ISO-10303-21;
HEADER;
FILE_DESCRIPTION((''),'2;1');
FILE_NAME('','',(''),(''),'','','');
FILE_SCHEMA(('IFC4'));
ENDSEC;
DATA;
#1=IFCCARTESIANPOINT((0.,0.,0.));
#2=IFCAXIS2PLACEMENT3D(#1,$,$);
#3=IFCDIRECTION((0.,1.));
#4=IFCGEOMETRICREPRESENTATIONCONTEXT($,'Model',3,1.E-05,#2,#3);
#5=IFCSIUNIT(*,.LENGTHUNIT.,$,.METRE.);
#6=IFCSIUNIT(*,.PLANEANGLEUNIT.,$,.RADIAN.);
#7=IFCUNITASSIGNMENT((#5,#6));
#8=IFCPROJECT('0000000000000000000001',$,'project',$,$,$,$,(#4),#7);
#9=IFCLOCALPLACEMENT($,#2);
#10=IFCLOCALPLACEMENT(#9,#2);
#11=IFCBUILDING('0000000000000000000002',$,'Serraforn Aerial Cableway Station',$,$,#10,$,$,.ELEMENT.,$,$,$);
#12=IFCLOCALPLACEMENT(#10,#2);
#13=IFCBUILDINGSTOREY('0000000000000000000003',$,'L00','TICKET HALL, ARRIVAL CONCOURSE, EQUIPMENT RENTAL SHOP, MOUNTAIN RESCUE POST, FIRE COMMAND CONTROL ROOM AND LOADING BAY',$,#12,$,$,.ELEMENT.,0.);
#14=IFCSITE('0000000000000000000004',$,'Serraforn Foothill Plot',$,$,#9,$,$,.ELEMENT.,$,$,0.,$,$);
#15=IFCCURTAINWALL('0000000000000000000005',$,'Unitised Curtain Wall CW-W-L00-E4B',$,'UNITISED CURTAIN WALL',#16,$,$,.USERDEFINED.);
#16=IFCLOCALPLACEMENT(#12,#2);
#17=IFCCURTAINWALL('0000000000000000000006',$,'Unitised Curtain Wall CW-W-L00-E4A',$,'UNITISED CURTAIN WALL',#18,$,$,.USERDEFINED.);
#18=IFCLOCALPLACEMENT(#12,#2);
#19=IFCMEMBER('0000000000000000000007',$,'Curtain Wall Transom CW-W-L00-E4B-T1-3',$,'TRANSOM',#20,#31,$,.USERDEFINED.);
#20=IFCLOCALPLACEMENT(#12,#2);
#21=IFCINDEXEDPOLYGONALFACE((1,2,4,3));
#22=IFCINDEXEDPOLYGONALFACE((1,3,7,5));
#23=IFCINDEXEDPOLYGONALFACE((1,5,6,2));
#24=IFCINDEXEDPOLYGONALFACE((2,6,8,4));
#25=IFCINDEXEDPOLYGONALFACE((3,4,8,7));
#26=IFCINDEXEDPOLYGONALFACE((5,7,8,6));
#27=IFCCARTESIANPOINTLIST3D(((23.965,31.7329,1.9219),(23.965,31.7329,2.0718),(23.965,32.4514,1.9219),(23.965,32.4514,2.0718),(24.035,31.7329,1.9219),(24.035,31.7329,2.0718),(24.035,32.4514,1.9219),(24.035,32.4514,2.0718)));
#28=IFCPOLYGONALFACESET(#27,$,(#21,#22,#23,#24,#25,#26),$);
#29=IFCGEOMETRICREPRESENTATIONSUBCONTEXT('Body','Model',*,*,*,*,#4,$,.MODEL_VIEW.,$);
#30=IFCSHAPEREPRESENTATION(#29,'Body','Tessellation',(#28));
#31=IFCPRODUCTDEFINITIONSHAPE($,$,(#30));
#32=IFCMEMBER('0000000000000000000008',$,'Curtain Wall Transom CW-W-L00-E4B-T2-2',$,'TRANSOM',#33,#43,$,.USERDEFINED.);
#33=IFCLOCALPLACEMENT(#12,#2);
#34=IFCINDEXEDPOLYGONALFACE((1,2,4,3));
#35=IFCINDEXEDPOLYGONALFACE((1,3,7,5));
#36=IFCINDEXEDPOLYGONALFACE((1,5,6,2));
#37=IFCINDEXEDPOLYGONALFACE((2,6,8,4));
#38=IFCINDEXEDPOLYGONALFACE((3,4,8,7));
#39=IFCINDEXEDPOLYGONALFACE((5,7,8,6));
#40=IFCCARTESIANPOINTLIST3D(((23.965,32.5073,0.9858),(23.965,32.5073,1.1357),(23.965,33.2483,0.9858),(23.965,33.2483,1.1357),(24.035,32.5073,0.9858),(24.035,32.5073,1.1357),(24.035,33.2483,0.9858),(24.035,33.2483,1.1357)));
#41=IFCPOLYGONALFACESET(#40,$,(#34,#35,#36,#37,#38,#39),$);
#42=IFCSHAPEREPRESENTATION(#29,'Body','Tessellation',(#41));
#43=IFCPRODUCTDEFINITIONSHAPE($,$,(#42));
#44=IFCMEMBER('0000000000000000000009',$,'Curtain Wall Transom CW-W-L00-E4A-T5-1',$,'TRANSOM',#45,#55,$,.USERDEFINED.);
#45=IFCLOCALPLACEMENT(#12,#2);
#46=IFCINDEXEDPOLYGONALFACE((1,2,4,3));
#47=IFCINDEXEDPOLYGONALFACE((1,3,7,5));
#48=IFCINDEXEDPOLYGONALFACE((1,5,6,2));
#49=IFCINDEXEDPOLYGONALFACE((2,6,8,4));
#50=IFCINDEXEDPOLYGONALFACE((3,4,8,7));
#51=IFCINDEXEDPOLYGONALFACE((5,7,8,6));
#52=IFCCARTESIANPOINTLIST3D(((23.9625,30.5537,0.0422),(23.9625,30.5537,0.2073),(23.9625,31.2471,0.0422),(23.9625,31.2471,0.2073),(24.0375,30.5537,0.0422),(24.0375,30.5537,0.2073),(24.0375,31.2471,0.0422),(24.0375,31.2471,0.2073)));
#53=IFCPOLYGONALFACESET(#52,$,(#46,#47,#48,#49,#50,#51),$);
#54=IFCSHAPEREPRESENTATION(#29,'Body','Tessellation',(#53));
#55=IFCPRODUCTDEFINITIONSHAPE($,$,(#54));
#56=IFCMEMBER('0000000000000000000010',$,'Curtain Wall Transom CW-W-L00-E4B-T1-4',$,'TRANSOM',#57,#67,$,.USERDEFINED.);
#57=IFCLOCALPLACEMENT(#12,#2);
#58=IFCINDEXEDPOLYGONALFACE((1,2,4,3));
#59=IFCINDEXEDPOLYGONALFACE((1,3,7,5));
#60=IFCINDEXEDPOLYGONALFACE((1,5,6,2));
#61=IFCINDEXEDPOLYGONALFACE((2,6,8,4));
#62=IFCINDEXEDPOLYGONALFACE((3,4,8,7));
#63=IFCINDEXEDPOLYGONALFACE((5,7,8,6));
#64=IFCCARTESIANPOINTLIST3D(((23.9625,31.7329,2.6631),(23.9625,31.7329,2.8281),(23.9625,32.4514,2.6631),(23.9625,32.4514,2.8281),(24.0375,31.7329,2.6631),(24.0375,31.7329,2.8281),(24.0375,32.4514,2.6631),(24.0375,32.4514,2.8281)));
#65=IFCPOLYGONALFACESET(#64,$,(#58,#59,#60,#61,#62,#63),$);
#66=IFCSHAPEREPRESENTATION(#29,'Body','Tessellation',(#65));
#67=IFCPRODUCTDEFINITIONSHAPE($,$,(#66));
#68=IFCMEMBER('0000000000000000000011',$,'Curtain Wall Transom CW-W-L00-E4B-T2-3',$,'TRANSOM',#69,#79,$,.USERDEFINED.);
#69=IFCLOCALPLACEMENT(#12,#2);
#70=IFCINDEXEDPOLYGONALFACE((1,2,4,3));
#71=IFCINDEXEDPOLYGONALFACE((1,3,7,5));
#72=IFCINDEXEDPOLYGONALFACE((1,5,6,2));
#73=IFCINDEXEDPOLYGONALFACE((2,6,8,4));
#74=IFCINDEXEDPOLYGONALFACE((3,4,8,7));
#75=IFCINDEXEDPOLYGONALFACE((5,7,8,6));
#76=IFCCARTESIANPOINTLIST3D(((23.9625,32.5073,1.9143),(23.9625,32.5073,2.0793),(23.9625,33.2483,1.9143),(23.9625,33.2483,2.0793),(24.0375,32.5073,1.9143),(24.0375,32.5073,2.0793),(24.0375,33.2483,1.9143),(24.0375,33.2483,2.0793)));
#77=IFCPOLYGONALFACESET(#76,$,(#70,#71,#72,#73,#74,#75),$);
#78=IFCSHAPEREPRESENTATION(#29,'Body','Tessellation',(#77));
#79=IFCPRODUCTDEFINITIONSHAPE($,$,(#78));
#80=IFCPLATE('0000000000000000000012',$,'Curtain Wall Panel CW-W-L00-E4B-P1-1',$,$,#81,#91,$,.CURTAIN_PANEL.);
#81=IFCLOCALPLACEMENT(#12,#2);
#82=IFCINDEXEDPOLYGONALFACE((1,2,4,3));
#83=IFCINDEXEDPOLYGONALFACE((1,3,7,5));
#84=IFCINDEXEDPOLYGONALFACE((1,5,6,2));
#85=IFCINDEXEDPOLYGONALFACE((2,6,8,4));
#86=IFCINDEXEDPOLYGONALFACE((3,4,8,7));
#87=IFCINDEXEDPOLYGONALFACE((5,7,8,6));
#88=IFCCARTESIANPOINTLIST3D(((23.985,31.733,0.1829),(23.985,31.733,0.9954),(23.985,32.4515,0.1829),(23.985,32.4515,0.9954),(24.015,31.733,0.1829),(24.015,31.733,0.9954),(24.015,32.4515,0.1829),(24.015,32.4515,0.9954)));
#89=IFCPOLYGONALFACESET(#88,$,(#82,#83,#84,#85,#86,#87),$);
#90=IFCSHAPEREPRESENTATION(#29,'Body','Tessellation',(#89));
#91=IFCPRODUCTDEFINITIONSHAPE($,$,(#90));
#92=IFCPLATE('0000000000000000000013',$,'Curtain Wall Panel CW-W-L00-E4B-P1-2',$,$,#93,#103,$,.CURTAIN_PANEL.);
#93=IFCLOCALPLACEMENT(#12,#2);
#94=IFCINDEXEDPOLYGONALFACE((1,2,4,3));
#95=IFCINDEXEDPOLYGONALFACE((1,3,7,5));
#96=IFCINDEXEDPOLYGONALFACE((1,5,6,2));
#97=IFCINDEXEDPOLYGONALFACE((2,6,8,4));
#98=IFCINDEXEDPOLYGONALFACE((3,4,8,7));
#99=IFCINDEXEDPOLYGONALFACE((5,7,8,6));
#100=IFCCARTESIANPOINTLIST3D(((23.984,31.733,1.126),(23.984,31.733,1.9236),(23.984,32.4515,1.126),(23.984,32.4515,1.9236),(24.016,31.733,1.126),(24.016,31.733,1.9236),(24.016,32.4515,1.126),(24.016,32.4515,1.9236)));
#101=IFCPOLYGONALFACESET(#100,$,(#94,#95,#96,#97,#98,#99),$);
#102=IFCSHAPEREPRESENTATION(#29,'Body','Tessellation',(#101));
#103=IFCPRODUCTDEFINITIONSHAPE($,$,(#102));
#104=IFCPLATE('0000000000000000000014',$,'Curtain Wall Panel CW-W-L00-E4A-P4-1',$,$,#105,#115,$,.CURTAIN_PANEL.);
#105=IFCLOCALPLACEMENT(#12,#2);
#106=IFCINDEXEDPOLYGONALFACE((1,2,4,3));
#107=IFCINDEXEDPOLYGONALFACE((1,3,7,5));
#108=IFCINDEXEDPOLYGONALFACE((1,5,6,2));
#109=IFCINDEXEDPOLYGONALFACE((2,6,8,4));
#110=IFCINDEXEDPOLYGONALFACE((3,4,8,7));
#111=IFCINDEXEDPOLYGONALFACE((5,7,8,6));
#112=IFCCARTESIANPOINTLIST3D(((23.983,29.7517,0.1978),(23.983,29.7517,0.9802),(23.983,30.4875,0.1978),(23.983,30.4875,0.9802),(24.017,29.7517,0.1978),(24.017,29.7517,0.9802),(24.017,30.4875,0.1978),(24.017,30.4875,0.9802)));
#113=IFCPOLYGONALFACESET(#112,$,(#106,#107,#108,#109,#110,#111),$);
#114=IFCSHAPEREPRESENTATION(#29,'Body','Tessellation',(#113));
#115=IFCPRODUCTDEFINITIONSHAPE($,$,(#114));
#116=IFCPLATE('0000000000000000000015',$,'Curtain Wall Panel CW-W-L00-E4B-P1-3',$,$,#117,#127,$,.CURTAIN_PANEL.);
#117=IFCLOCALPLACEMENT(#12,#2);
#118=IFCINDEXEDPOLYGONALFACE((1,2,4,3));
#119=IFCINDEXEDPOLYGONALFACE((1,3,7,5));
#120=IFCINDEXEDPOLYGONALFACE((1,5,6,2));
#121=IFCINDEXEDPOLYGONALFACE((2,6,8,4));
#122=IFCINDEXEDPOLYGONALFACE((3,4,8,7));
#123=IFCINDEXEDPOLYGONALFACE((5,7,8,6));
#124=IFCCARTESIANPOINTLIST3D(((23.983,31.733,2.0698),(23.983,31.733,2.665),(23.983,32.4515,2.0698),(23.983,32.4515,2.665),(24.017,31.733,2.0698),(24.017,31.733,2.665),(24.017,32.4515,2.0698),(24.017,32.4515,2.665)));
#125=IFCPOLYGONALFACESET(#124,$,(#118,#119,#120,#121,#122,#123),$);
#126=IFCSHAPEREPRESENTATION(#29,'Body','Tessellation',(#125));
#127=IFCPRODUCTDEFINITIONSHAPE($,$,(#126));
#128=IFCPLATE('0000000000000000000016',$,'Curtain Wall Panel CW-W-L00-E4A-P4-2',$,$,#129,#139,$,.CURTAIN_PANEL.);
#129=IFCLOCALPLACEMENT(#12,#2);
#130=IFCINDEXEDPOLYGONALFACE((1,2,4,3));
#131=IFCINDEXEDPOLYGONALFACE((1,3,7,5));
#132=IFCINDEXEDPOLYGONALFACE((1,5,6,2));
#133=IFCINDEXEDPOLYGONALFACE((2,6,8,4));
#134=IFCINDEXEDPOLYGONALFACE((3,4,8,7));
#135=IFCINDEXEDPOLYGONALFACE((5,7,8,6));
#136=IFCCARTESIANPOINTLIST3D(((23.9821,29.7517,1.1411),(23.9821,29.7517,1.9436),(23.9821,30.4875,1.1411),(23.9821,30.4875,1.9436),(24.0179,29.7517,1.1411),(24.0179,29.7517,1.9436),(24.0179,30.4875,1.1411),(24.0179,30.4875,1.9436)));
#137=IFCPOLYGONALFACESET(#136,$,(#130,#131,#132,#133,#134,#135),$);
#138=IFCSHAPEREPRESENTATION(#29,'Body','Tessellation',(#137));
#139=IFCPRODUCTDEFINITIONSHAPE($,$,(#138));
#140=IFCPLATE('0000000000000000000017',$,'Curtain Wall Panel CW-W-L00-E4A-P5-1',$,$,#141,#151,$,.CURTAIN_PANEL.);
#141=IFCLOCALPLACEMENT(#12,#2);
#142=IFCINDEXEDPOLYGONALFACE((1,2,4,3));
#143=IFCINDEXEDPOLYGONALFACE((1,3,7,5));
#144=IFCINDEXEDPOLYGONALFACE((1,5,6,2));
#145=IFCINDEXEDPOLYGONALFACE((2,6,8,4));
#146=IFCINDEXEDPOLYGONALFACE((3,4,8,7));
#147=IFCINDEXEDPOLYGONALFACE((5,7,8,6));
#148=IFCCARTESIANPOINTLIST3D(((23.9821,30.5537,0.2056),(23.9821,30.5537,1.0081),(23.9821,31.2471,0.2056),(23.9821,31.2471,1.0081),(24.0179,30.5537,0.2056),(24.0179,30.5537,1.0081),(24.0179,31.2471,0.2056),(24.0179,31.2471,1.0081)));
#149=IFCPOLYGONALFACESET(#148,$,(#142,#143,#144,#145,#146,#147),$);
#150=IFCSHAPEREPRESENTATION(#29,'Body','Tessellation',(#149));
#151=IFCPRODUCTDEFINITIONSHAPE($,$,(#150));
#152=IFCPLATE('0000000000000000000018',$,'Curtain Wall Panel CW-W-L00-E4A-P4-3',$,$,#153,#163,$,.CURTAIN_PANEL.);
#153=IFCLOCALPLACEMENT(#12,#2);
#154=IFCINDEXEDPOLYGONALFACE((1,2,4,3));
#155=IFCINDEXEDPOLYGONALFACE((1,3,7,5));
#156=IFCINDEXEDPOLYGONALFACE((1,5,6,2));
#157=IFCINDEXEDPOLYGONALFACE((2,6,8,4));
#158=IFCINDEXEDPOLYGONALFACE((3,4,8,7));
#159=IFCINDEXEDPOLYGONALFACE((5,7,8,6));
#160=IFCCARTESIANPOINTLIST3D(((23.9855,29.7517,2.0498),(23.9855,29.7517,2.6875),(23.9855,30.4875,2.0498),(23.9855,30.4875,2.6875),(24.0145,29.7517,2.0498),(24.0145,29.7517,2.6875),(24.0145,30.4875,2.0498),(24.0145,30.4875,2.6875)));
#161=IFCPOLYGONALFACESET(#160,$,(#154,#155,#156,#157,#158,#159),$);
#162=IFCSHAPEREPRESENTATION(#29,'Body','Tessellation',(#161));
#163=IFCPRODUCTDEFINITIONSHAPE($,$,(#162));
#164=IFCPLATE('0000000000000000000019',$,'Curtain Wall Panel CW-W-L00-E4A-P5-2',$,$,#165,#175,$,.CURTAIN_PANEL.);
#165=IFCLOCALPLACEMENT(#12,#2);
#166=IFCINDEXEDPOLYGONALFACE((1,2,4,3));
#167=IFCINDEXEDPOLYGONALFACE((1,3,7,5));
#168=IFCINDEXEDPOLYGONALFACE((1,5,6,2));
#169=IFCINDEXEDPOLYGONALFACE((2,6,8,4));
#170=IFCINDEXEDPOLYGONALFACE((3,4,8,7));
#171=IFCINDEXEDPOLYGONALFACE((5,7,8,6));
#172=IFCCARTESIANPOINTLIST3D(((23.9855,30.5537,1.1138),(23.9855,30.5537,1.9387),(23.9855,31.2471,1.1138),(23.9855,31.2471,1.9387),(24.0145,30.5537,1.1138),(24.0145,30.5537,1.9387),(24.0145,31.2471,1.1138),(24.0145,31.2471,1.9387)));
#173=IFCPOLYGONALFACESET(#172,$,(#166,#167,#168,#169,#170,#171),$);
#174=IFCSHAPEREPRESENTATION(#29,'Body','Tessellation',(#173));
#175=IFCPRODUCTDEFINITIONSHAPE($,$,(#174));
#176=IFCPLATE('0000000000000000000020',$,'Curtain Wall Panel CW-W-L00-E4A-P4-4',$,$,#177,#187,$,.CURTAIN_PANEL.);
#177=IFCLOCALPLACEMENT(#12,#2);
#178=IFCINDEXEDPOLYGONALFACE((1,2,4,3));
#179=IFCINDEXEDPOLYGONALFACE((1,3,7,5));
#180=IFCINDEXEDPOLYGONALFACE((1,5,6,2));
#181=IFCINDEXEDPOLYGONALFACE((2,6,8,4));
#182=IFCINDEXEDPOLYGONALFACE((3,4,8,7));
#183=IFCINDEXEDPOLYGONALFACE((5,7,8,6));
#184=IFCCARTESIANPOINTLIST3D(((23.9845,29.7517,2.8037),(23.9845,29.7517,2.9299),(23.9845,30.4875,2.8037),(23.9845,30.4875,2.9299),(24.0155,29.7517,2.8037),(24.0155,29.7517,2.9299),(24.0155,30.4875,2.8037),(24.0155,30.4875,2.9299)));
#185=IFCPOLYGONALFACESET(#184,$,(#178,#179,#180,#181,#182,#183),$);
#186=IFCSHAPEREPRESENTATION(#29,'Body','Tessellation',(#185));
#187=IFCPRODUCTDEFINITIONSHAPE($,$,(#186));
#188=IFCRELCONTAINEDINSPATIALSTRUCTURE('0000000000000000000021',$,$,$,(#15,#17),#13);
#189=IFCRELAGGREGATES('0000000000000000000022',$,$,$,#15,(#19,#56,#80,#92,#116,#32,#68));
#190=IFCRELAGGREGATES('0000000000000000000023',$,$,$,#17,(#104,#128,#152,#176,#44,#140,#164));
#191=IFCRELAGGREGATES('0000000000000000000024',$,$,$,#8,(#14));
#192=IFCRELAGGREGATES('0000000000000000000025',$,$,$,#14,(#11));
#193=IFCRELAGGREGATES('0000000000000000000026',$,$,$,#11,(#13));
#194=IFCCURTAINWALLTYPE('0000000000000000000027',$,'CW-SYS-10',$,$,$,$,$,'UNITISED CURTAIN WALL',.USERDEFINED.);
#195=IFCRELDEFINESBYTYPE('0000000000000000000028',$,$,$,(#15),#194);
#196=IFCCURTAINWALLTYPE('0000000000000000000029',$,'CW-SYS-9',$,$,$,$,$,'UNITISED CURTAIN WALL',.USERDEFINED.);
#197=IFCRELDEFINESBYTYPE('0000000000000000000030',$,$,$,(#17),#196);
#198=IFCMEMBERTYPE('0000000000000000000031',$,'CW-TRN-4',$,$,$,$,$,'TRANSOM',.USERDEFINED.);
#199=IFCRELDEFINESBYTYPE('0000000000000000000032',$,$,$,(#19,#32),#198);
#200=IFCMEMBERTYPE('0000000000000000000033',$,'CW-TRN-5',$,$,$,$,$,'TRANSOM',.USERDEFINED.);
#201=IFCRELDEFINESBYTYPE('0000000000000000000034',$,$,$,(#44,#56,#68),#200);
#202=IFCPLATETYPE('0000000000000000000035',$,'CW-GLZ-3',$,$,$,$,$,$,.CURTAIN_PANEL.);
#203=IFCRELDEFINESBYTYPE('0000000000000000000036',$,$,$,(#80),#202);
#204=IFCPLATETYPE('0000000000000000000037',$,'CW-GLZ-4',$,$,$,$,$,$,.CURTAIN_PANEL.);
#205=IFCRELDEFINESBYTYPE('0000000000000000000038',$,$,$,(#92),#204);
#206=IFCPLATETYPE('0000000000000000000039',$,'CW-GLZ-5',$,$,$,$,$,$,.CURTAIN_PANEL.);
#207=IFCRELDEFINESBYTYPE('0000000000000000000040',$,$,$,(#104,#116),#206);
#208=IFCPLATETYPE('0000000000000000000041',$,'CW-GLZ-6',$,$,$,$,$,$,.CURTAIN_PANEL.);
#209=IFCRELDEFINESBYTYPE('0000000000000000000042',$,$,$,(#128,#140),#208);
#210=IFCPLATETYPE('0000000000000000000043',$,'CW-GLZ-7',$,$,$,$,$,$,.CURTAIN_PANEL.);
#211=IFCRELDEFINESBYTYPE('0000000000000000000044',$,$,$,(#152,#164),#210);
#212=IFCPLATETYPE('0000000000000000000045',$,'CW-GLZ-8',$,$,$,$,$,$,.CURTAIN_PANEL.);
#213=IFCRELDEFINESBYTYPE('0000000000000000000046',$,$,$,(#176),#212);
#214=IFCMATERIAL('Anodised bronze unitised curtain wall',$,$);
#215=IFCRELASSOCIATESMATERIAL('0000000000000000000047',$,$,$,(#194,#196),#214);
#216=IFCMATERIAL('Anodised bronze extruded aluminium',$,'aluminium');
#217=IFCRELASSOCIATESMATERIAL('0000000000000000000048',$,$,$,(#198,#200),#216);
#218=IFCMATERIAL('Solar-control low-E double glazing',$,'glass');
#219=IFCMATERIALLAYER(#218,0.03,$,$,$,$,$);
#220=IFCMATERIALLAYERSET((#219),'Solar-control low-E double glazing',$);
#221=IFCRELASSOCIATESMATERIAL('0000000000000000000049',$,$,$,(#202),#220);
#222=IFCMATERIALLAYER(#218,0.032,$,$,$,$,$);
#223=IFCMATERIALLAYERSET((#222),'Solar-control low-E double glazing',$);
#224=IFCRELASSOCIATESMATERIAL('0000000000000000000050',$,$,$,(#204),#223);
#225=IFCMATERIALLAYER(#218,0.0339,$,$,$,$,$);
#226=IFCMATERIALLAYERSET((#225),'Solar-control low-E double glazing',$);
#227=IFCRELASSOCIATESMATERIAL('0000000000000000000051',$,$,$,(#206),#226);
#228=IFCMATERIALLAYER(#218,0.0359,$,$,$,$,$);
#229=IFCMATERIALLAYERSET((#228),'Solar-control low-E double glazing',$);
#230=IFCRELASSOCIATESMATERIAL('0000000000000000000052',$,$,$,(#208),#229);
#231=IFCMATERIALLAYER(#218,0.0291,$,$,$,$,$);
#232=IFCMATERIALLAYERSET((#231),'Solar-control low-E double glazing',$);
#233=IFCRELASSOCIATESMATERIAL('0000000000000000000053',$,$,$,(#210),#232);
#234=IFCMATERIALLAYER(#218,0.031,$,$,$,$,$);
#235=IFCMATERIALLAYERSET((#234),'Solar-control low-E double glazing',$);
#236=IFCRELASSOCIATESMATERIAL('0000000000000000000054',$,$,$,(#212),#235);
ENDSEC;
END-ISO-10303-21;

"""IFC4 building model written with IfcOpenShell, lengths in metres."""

from ifc_helpers import new_model, si_unit, direction, frame, origin, origin_2d, place, context, subcontext, project, spatial, rectangle, extrude, material, layer, layer_set, material_profile, profile_set, type_object, element, aggregate, save


model = new_model("IFC4")

# Units and contexts
model_context = context("Model", 3, precision=1e-05, world=origin(), true_north=direction((0.0, 1.0)))
body_context = subcontext(model_context, "Body", "Model", "MODEL_VIEW")
ifc_project = project(units=[si_unit("LENGTHUNIT", "METRE"), si_unit("PLANEANGLEUNIT", "RADIAN")], contexts=[model_context])

# Site, building, storey
site_placement = place(None, origin())
site = spatial("IfcSite", under=ifc_project, at=site_placement, Name="Serraforn Foothill Plot", CompositionType="ELEMENT", RefElevation=0.0)
building_placement = place(site_placement, origin())
building = spatial("IfcBuilding", under=site, at=building_placement, Name="Serraforn Aerial Cableway Station", CompositionType="ELEMENT")
storey_placement = place(building_placement, origin())
storey = spatial("IfcBuildingStorey", under=building, at=storey_placement, Name="L00", Description="TICKET HALL, ARRIVAL CONCOURSE, EQUIPMENT RENTAL SHOP, MOUNTAIN RESCUE POST, FIRE COMMAND CONTROL ROOM AND LOADING BAY", CompositionType="ELEMENT", Elevation=0.0)

# Curtain walls
ifc_material_1 = material(Name="Anodised bronze unitised curtain wall")
curtain_wall_type_1 = type_object("IfcCurtainWallType", Name="CW-SYS-10", ElementType="UNITISED CURTAIN WALL", PredefinedType="USERDEFINED", material=ifc_material_1)
curtain_wall_1_placement = place(storey_placement, origin())
curtain_wall_1 = element("IfcCurtainWall", 1, at=curtain_wall_1_placement, inside=storey, type_object=curtain_wall_type_1, Name="Unitised Curtain Wall CW-W-L00-E4B", ObjectType="UNITISED CURTAIN WALL", PredefinedType="USERDEFINED")
ifc_material_2 = material(Name="Anodised bronze extruded aluminium", Category="aluminium")
curtain_wall_type_2 = type_object("IfcCurtainWallType", Name="CW-SYS-9", ElementType="UNITISED CURTAIN WALL", PredefinedType="USERDEFINED", material=ifc_material_1)
curtain_wall_2_placement = place(storey_placement, origin())
curtain_wall_2 = element("IfcCurtainWall", 2, at=curtain_wall_2_placement, inside=storey, type_object=curtain_wall_type_2, Name="Unitised Curtain Wall CW-W-L00-E4A", ObjectType="UNITISED CURTAIN WALL", PredefinedType="USERDEFINED")

# Members
ifc_material_profile_1 = material_profile(ifc_material_2, rectangle(XDim=0.0701, YDim=0.1499, at=origin_2d()), Name="CW TRANSOM 70x150")
ifc_profile_set_1 = profile_set([ifc_material_profile_1], Name="Anodised bronze extruded aluminium")
member_type_1 = type_object("IfcMemberType", Name="CW-TRN-4", ElementType="TRANSOM", PredefinedType="USERDEFINED", material=ifc_profile_set_1)
member_1_placement = place(storey_placement, frame((24.0, 31.7329, 1.9968), z_axis=(0.0, 1.0, 0.0), x_axis=(-1.0, 0.0, 0.0)))
member_1 = element("IfcMember", 3, at=member_1_placement, type_object=member_type_1, Name="Curtain Wall Transom CW-W-L00-E4B-T1-3", ObjectType="TRANSOM", PredefinedType="USERDEFINED", context=body_context, shape_type="SweptSolid", body=[
    extrude(rectangle(XDim=0.0701, YDim=0.1499, at=origin_2d()), origin(), (0.0, 0.0, 1.0), 0.7185),
])
member_2_placement = place(storey_placement, frame((24.0, 32.5073, 1.0608), z_axis=(0.0, 1.0, 0.0), x_axis=(-1.0, 0.0, 0.0)))
member_2 = element("IfcMember", 4, at=member_2_placement, type_object=member_type_1, Name="Curtain Wall Transom CW-W-L00-E4B-T2-2", ObjectType="TRANSOM", PredefinedType="USERDEFINED", context=body_context, shape_type="SweptSolid", body=[
    extrude(rectangle(XDim=0.0701, YDim=0.1499, at=origin_2d()), origin(), (0.0, 0.0, 1.0), 0.741),
])
ifc_material_profile_2 = material_profile(ifc_material_2, rectangle(XDim=0.075, YDim=0.165, at=origin_2d()), Name="CW TRANSOM 75x165")
ifc_profile_set_2 = profile_set([ifc_material_profile_2], Name="Anodised bronze extruded aluminium")
member_type_2 = type_object("IfcMemberType", Name="CW-TRN-5", ElementType="TRANSOM", PredefinedType="USERDEFINED", material=ifc_profile_set_2)
member_3_placement = place(storey_placement, frame((24.0, 30.5537, 0.1248), z_axis=(0.0, 1.0, 0.0), x_axis=(-1.0, 0.0, 0.0)))
member_3 = element("IfcMember", 5, at=member_3_placement, type_object=member_type_2, Name="Curtain Wall Transom CW-W-L00-E4A-T5-1", ObjectType="TRANSOM", PredefinedType="USERDEFINED", context=body_context, shape_type="SweptSolid", body=[
    extrude(rectangle(XDim=0.075, YDim=0.165, at=origin_2d()), origin(), (0.0, 0.0, 1.0), 0.6934),
])
member_4_placement = place(storey_placement, frame((24.0, 31.7329, 2.7456), z_axis=(0.0, 1.0, 0.0), x_axis=(-1.0, 0.0, 0.0)))
member_4 = element("IfcMember", 6, at=member_4_placement, type_object=member_type_2, Name="Curtain Wall Transom CW-W-L00-E4B-T1-4", ObjectType="TRANSOM", PredefinedType="USERDEFINED", context=body_context, shape_type="SweptSolid", body=[
    extrude(rectangle(XDim=0.075, YDim=0.165, at=origin_2d()), origin(), (0.0, 0.0, 1.0), 0.7185),
])
member_5_placement = place(storey_placement, frame((24.0, 32.5073, 1.9968), z_axis=(0.0, 1.0, 0.0), x_axis=(-1.0, 0.0, 0.0)))
member_5 = element("IfcMember", 7, at=member_5_placement, type_object=member_type_2, Name="Curtain Wall Transom CW-W-L00-E4B-T2-3", ObjectType="TRANSOM", PredefinedType="USERDEFINED", context=body_context, shape_type="SweptSolid", body=[
    extrude(rectangle(XDim=0.075, YDim=0.165, at=origin_2d()), origin(), (0.0, 0.0, 1.0), 0.741),
])

# Plates
ifc_material_3 = material(Name="Solar-control low-E double glazing", Category="glass")
ifc_layer_1 = layer(ifc_material_3, 0.03)
ifc_layer_set_1 = layer_set([ifc_layer_1], Name="Solar-control low-E double glazing")
plate_type_1 = type_object("IfcPlateType", Name="CW-GLZ-3", PredefinedType="CURTAIN_PANEL", material=ifc_layer_set_1)
plate_1_placement = place(storey_placement, frame((24.0, 32.0923, 0.1829), z_axis=(0.0, 0.0, 1.0), x_axis=(1.0, 0.0, 0.0)))
plate_1 = element("IfcPlate", 8, at=plate_1_placement, type_object=plate_type_1, Name="Curtain Wall Panel CW-W-L00-E4B-P1-1", PredefinedType="CURTAIN_PANEL", context=body_context, shape_type="SweptSolid", body=[
    extrude(rectangle(XDim=0.03, YDim=0.7185, at=origin_2d()), origin(), (0.0, 0.0, 1.0), 0.8125),
])
ifc_layer_2 = layer(ifc_material_3, 0.032)
ifc_layer_set_2 = layer_set([ifc_layer_2], Name="Solar-control low-E double glazing")
plate_type_2 = type_object("IfcPlateType", Name="CW-GLZ-4", PredefinedType="CURTAIN_PANEL", material=ifc_layer_set_2)
plate_2_placement = place(storey_placement, frame((24.0, 32.0923, 1.126), z_axis=(0.0, 0.0, 1.0), x_axis=(1.0, 0.0, 0.0)))
plate_2 = element("IfcPlate", 9, at=plate_2_placement, type_object=plate_type_2, Name="Curtain Wall Panel CW-W-L00-E4B-P1-2", PredefinedType="CURTAIN_PANEL", context=body_context, shape_type="SweptSolid", body=[
    extrude(rectangle(XDim=0.032, YDim=0.7185, at=origin_2d()), origin(), (0.0, 0.0, 1.0), 0.7976),
])
ifc_layer_3 = layer(ifc_material_3, 0.0339)
ifc_layer_set_3 = layer_set([ifc_layer_3], Name="Solar-control low-E double glazing")
plate_type_3 = type_object("IfcPlateType", Name="CW-GLZ-5", PredefinedType="CURTAIN_PANEL", material=ifc_layer_set_3)
plate_3_placement = place(storey_placement, frame((24.0, 30.1196, 0.1978), z_axis=(0.0, 0.0, 1.0), x_axis=(1.0, 0.0, 0.0)))
plate_3 = element("IfcPlate", 10, at=plate_3_placement, type_object=plate_type_3, Name="Curtain Wall Panel CW-W-L00-E4A-P4-1", PredefinedType="CURTAIN_PANEL", context=body_context, shape_type="SweptSolid", body=[
    extrude(rectangle(XDim=0.0339, YDim=0.7358, at=origin_2d()), origin(), (0.0, 0.0, 1.0), 0.7825),
])
plate_4_placement = place(storey_placement, frame((24.0, 32.0923, 2.0698), z_axis=(0.0, 0.0, 1.0), x_axis=(1.0, 0.0, 0.0)))
plate_4 = element("IfcPlate", 11, at=plate_4_placement, type_object=plate_type_3, Name="Curtain Wall Panel CW-W-L00-E4B-P1-3", PredefinedType="CURTAIN_PANEL", context=body_context, shape_type="SweptSolid", body=[
    extrude(rectangle(XDim=0.0339, YDim=0.7185, at=origin_2d()), origin(), (0.0, 0.0, 1.0), 0.5952),
])
aggregate(curtain_wall_1, [member_1, member_4, plate_1, plate_2, plate_4, member_2, member_5])
ifc_layer_4 = layer(ifc_material_3, 0.0359)
ifc_layer_set_4 = layer_set([ifc_layer_4], Name="Solar-control low-E double glazing")
plate_type_4 = type_object("IfcPlateType", Name="CW-GLZ-6", PredefinedType="CURTAIN_PANEL", material=ifc_layer_set_4)
plate_5_placement = place(storey_placement, frame((24.0, 30.1196, 1.1411), z_axis=(0.0, 0.0, 1.0), x_axis=(1.0, 0.0, 0.0)))
plate_5 = element("IfcPlate", 12, at=plate_5_placement, type_object=plate_type_4, Name="Curtain Wall Panel CW-W-L00-E4A-P4-2", PredefinedType="CURTAIN_PANEL", context=body_context, shape_type="SweptSolid", body=[
    extrude(rectangle(XDim=0.0359, YDim=0.7358, at=origin_2d()), origin(), (0.0, 0.0, 1.0), 0.8025),
])
plate_6_placement = place(storey_placement, frame((24.0, 30.9004, 0.2056), z_axis=(0.0, 0.0, 1.0), x_axis=(1.0, 0.0, 0.0)))
plate_6 = element("IfcPlate", 13, at=plate_6_placement, type_object=plate_type_4, Name="Curtain Wall Panel CW-W-L00-E4A-P5-1", PredefinedType="CURTAIN_PANEL", context=body_context, shape_type="SweptSolid", body=[
    extrude(rectangle(XDim=0.0359, YDim=0.6934, at=origin_2d()), origin(), (0.0, 0.0, 1.0), 0.8025),
])
ifc_layer_5 = layer(ifc_material_3, 0.0291)
ifc_layer_set_5 = layer_set([ifc_layer_5], Name="Solar-control low-E double glazing")
plate_type_5 = type_object("IfcPlateType", Name="CW-GLZ-7", PredefinedType="CURTAIN_PANEL", material=ifc_layer_set_5)
plate_7_placement = place(storey_placement, frame((24.0, 30.1196, 2.0498), z_axis=(0.0, 0.0, 1.0), x_axis=(1.0, 0.0, 0.0)))
plate_7 = element("IfcPlate", 14, at=plate_7_placement, type_object=plate_type_5, Name="Curtain Wall Panel CW-W-L00-E4A-P4-3", PredefinedType="CURTAIN_PANEL", context=body_context, shape_type="SweptSolid", body=[
    extrude(rectangle(XDim=0.0291, YDim=0.7358, at=origin_2d()), origin(), (0.0, 0.0, 1.0), 0.6377),
])
plate_8_placement = place(storey_placement, frame((24.0, 30.9004, 1.1138), z_axis=(0.0, 0.0, 1.0), x_axis=(1.0, 0.0, 0.0)))
plate_8 = element("IfcPlate", 15, at=plate_8_placement, type_object=plate_type_5, Name="Curtain Wall Panel CW-W-L00-E4A-P5-2", PredefinedType="CURTAIN_PANEL", context=body_context, shape_type="SweptSolid", body=[
    extrude(rectangle(XDim=0.0291, YDim=0.6934, at=origin_2d()), origin(), (0.0, 0.0, 1.0), 0.825),
])
ifc_layer_6 = layer(ifc_material_3, 0.031)
ifc_layer_set_6 = layer_set([ifc_layer_6], Name="Solar-control low-E double glazing")
plate_type_6 = type_object("IfcPlateType", Name="CW-GLZ-8", PredefinedType="CURTAIN_PANEL", material=ifc_layer_set_6)
plate_9_placement = place(storey_placement, frame((24.0, 30.1196, 2.8037), z_axis=(0.0, 0.0, 1.0), x_axis=(1.0, 0.0, 0.0)))
plate_9 = element("IfcPlate", 16, at=plate_9_placement, type_object=plate_type_6, Name="Curtain Wall Panel CW-W-L00-E4A-P4-4", PredefinedType="CURTAIN_PANEL", context=body_context, shape_type="SweptSolid", body=[
    extrude(rectangle(XDim=0.031, YDim=0.7358, at=origin_2d()), origin(), (0.0, 0.0, 1.0), 0.1262),
])
aggregate(curtain_wall_2, [plate_3, plate_5, plate_7, plate_9, member_3, plate_6, plate_8])

save(model, "model.ifc")
